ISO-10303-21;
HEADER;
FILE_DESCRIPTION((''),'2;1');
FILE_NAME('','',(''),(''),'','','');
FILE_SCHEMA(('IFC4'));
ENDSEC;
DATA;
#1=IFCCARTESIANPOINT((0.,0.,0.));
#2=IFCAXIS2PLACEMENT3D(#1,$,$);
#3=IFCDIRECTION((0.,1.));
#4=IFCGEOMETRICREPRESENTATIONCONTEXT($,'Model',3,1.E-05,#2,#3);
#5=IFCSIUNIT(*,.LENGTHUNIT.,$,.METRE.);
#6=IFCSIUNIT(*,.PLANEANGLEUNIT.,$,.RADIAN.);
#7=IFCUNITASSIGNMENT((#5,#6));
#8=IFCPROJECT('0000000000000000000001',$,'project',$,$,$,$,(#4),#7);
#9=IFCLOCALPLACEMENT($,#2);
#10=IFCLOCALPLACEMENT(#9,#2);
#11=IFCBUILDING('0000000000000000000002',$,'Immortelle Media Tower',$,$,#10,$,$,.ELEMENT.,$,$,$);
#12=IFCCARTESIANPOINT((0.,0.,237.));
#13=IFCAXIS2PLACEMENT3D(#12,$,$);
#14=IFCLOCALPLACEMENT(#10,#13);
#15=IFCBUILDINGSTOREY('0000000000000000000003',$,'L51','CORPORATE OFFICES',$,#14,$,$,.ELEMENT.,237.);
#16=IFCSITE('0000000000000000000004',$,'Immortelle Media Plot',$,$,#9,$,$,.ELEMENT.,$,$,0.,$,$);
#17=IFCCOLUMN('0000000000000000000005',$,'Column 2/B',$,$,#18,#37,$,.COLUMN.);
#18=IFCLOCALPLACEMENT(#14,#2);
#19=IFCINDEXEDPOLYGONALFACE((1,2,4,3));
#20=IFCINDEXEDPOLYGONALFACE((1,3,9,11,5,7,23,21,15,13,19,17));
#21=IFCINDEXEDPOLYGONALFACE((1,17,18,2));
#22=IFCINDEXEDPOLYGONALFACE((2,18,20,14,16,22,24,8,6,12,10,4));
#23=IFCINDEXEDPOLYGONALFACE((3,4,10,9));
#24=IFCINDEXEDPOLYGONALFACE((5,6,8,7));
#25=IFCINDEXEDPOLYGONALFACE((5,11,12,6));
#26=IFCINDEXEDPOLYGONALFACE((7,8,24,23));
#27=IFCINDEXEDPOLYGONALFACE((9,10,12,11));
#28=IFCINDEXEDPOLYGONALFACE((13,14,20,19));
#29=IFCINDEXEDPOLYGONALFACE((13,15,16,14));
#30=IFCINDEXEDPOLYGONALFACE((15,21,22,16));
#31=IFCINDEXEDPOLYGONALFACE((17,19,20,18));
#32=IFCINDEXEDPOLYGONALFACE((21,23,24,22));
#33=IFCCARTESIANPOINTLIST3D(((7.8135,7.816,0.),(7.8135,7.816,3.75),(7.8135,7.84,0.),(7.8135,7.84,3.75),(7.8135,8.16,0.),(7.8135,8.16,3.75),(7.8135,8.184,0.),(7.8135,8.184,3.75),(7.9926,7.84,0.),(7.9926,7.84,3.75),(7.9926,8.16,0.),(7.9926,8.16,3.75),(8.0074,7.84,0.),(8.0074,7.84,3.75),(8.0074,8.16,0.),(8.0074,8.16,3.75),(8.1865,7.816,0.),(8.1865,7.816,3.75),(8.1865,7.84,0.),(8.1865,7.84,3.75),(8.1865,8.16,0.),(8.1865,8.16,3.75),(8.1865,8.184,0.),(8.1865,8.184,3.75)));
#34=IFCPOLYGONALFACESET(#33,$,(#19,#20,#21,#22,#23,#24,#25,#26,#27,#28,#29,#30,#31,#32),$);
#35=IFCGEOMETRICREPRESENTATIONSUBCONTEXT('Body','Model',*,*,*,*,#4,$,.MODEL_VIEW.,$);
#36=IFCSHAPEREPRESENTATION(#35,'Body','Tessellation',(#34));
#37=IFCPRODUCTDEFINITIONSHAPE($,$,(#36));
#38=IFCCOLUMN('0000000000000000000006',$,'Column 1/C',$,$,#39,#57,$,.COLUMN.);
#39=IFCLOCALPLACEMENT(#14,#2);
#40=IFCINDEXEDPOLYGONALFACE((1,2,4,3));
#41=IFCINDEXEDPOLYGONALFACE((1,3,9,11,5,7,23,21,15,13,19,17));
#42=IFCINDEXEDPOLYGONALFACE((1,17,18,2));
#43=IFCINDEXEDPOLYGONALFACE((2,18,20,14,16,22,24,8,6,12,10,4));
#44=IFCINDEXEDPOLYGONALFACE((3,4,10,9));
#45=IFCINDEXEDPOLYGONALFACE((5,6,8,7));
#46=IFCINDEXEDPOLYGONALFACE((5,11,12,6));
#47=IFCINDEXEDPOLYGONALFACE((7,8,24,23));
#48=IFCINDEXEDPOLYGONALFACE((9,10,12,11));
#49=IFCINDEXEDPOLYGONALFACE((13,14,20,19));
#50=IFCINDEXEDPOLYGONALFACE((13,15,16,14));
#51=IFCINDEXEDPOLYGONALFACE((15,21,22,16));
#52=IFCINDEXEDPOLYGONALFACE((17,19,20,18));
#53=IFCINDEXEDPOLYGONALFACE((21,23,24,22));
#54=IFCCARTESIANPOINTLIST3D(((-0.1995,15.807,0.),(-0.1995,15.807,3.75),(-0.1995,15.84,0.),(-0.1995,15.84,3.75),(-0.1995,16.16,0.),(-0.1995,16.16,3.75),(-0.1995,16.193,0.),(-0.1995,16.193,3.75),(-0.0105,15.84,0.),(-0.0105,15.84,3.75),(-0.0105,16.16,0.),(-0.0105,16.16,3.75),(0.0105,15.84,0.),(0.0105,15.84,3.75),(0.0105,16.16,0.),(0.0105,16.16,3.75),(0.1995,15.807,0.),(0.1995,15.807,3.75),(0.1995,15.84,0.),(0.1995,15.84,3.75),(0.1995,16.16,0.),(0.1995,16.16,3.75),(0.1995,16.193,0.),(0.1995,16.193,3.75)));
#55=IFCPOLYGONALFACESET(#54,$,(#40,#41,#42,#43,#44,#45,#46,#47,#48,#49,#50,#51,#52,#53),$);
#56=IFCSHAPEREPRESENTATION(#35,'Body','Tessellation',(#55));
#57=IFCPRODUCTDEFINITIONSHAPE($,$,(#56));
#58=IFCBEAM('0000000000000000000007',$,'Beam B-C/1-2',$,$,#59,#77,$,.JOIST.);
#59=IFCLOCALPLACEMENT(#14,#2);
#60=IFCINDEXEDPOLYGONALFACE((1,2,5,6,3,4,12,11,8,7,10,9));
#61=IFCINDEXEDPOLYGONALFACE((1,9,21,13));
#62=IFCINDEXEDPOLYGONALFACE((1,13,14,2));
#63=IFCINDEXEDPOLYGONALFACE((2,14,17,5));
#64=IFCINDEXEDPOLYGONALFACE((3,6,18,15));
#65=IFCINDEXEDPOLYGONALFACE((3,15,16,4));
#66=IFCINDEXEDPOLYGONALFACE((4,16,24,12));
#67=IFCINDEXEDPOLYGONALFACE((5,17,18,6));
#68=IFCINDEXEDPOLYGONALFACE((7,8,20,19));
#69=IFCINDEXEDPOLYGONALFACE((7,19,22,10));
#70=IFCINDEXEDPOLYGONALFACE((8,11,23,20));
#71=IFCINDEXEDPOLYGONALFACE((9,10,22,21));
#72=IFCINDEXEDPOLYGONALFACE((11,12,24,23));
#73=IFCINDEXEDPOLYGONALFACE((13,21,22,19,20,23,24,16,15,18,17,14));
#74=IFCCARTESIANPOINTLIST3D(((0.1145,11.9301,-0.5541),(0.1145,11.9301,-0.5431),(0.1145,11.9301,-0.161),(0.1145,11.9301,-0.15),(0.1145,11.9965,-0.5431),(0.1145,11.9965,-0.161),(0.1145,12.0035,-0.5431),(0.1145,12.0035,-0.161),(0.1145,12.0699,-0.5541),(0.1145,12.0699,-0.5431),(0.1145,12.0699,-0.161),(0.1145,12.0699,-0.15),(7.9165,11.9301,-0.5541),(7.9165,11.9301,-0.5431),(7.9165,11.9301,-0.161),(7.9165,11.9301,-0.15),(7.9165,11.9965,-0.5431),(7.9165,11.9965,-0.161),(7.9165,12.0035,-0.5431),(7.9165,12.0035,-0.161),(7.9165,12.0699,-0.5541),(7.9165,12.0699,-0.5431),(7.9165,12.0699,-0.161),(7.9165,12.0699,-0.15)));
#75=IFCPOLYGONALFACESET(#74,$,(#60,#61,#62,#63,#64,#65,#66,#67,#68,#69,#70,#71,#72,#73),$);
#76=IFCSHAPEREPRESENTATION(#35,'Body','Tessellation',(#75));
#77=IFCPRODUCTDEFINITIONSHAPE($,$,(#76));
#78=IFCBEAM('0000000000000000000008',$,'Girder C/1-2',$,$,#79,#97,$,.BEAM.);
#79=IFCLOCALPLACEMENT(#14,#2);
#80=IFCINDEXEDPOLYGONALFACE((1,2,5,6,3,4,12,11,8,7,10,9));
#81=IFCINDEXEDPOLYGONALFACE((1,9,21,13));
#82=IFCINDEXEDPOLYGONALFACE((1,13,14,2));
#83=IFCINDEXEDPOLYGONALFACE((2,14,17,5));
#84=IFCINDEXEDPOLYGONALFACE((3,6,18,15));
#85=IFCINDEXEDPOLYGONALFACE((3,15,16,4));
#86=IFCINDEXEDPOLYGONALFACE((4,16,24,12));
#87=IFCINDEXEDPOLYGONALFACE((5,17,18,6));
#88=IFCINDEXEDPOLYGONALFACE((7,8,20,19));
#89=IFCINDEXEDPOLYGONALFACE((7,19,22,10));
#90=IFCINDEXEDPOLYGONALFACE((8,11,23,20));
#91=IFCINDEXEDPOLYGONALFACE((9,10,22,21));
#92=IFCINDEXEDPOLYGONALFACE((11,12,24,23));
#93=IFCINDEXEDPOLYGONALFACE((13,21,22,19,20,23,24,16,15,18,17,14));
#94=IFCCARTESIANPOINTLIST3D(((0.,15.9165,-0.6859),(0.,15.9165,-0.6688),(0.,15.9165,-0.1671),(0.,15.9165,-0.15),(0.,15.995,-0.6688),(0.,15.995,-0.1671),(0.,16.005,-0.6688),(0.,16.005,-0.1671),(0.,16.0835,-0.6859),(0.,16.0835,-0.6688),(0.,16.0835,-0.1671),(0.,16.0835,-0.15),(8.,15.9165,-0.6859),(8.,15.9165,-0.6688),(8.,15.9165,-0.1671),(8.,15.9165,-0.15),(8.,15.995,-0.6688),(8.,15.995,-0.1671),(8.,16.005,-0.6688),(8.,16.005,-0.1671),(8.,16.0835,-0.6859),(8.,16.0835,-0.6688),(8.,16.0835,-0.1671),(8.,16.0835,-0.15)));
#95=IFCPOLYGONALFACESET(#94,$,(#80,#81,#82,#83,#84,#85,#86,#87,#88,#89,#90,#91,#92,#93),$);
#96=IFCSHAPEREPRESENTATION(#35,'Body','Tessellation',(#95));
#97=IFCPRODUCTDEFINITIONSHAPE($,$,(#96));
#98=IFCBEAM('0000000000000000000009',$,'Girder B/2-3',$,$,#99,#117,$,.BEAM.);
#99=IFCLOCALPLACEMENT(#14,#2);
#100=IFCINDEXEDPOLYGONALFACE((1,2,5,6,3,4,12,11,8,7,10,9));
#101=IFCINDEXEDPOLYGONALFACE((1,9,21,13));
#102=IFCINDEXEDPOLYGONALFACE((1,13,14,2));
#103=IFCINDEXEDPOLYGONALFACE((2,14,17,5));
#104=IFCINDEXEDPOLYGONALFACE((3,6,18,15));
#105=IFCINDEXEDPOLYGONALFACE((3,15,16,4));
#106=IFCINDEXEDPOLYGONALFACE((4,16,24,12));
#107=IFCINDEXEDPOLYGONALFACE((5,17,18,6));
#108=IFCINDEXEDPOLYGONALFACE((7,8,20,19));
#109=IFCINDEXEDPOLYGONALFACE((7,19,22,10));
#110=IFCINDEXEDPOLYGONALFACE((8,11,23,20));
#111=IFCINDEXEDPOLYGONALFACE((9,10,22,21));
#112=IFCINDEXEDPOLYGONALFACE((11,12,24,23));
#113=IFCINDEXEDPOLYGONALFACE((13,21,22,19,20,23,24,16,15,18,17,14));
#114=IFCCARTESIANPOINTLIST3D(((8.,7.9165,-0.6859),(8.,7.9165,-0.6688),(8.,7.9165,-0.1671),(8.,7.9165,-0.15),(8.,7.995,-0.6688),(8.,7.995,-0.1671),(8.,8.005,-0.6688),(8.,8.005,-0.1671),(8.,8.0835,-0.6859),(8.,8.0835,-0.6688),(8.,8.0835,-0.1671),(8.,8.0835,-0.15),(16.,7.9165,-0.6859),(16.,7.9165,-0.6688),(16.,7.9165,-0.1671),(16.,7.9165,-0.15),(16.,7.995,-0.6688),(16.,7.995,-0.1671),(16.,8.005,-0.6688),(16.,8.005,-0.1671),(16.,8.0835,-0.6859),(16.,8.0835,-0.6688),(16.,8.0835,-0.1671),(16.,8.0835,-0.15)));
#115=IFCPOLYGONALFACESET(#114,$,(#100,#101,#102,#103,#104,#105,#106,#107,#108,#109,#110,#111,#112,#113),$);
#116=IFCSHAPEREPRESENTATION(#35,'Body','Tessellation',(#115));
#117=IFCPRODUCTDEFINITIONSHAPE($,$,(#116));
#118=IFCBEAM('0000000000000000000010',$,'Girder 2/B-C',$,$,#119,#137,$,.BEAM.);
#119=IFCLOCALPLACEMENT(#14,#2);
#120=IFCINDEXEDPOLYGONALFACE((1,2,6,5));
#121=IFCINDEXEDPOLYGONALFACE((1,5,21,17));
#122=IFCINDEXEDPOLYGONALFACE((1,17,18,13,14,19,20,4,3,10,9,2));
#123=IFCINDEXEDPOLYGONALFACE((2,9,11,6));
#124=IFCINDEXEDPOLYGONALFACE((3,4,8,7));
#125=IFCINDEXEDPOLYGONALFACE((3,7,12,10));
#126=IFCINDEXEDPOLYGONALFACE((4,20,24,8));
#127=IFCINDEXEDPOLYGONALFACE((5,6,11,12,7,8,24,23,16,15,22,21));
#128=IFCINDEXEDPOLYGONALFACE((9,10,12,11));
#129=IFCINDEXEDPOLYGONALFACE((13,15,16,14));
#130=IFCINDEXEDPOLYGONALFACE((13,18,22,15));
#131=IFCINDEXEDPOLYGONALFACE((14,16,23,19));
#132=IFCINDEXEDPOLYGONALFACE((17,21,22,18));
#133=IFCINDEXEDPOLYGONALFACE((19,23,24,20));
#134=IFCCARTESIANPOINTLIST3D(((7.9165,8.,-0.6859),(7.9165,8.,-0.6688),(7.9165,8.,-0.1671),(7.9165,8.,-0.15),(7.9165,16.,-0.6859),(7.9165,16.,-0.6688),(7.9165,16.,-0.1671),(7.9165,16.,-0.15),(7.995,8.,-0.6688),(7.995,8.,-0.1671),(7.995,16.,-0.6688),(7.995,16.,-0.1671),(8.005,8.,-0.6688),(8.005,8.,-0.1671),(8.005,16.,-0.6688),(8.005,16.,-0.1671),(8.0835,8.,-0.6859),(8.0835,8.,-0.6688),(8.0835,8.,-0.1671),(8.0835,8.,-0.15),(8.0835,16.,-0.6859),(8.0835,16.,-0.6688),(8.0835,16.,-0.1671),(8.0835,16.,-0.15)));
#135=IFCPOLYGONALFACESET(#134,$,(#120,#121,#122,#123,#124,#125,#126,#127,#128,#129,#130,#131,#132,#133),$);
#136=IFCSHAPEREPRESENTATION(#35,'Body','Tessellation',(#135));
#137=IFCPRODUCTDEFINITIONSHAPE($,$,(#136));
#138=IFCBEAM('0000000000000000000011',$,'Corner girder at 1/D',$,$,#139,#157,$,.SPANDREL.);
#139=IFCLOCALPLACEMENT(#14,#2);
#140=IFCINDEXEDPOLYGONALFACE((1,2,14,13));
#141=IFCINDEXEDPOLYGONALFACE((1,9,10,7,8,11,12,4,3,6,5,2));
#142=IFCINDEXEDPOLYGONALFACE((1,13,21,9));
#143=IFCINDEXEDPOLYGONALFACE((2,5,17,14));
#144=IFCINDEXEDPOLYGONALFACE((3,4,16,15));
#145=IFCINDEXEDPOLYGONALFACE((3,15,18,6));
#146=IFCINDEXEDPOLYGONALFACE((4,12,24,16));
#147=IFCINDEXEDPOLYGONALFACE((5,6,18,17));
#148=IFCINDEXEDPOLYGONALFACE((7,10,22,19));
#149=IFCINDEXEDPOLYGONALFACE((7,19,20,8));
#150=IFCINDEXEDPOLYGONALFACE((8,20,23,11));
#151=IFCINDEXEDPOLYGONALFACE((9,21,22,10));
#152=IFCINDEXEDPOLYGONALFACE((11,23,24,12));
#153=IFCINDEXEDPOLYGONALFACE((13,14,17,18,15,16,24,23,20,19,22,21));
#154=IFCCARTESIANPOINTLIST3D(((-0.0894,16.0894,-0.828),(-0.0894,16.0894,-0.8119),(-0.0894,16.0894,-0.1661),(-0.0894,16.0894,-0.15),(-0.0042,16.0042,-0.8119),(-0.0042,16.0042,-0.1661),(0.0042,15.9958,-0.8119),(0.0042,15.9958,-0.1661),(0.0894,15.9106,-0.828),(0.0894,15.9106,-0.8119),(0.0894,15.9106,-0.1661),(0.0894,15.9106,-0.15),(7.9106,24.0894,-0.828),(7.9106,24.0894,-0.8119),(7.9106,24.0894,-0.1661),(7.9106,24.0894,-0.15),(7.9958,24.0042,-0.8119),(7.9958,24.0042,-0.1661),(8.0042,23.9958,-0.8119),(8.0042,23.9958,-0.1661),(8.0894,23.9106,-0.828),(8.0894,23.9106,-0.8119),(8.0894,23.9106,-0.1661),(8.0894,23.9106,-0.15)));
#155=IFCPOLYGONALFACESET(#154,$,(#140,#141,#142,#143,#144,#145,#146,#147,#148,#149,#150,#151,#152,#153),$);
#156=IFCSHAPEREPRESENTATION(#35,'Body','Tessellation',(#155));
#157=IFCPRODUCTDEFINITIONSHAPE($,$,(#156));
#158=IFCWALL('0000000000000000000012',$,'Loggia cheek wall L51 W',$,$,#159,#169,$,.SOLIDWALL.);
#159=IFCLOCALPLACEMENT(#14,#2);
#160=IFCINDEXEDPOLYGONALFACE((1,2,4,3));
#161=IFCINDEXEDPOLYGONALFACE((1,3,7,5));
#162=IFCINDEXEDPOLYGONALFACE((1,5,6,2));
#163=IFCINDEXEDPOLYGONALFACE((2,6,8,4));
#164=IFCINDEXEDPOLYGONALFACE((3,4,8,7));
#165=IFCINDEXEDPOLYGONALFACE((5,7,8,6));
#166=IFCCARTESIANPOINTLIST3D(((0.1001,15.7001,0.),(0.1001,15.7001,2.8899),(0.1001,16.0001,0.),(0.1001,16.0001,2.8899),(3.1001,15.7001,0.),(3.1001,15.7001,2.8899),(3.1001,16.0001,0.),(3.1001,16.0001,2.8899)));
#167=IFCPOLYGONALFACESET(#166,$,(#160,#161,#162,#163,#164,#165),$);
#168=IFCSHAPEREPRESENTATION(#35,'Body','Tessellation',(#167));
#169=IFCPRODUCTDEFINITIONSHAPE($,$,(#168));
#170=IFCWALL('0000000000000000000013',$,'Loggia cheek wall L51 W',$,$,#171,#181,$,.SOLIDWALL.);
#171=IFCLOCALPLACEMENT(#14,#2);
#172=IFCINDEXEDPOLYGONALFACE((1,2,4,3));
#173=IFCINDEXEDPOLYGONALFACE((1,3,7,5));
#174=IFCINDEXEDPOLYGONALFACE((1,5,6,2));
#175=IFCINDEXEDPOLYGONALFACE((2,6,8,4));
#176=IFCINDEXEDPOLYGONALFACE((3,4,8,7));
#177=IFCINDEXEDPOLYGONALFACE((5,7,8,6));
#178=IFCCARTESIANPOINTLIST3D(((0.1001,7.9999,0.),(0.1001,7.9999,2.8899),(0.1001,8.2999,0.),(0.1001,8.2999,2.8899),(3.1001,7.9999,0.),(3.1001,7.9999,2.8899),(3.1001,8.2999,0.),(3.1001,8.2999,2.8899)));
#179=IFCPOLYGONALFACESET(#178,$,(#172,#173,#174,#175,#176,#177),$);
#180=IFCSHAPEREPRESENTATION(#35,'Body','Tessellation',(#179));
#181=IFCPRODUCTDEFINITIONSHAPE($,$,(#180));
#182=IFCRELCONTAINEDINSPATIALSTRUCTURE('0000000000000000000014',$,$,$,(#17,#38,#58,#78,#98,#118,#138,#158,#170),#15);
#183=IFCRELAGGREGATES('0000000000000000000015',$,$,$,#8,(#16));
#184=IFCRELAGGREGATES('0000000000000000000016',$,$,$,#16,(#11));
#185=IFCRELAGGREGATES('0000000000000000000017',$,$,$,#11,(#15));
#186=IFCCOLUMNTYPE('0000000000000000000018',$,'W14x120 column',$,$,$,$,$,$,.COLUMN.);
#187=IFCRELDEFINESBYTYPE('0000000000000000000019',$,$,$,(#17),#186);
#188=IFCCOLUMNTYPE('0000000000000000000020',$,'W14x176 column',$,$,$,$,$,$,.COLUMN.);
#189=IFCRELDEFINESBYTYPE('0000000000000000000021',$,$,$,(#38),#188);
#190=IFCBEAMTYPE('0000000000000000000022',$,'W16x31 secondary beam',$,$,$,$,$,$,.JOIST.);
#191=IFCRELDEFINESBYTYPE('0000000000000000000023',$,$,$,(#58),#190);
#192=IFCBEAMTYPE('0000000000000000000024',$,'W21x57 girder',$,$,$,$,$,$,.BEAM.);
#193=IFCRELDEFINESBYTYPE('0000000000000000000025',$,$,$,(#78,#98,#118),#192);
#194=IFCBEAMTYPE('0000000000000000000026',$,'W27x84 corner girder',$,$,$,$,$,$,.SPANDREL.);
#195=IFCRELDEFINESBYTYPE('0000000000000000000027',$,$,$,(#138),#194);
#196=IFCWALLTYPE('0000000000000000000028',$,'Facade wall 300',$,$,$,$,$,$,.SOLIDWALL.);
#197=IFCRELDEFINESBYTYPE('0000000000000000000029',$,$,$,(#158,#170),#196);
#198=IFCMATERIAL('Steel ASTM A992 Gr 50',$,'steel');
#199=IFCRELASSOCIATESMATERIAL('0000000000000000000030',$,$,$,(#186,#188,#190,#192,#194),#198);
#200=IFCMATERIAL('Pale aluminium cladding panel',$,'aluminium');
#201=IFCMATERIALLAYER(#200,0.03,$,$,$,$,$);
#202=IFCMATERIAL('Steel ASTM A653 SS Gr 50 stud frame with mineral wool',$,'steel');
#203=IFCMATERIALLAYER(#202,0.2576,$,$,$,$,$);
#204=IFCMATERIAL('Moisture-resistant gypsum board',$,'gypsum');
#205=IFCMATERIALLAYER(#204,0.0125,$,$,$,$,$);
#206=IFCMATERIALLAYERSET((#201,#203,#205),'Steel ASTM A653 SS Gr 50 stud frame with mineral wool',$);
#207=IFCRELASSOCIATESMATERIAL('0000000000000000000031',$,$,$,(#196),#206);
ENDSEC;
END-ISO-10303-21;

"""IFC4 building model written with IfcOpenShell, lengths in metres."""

from ifc_helpers import new_model, si_unit, direction, frame, frame_2d, origin, origin_2d, place, context, subcontext, project, spatial, rectangle, i_section, extrude, material, layer, layer_set, material_profile, profile_set, type_object, element, save


model = new_model("IFC4")

# Units and contexts
model_context = context("Model", 3, precision=1e-05, world=origin(), true_north=direction((0.0, 1.0)))
body_context = subcontext(model_context, "Body", "Model", "MODEL_VIEW")
ifc_project = project(units=[si_unit("LENGTHUNIT", "METRE"), si_unit("PLANEANGLEUNIT", "RADIAN")], contexts=[model_context])

# Site, building, storey
site_placement = place(None, origin())
site = spatial("IfcSite", under=ifc_project, at=site_placement, Name="Immortelle Media Plot", CompositionType="ELEMENT", RefElevation=0.0)
building_placement = place(site_placement, origin())
building = spatial("IfcBuilding", under=site, at=building_placement, Name="Immortelle Media Tower", CompositionType="ELEMENT")
storey_placement = place(building_placement, frame((0.0, 0.0, 237.0)))
storey = spatial("IfcBuildingStorey", under=building, at=storey_placement, Name="L51", Description="CORPORATE OFFICES", CompositionType="ELEMENT", Elevation=237.0)

# Columns
ifc_material_1 = material(Name="Steel ASTM A992 Gr 50", Category="steel")
ifc_material_profile_1 = material_profile(ifc_material_1, i_section(OverallWidth=0.373, OverallDepth=0.3679, WebThickness=0.0149, FlangeThickness=0.0239, at=origin_2d()), Name="W14x120")
ifc_profile_set_1 = profile_set([ifc_material_profile_1], Name="Steel ASTM A992 Gr 50")
column_type_1 = type_object("IfcColumnType", Name="W14x120 column", PredefinedType="COLUMN", material=ifc_profile_set_1)
column_1_placement = place(storey_placement, frame((8.0, 8.0, 0.0), z_axis=(0.0, 0.0, 1.0), x_axis=(1.0, 0.0, 0.0)))
element("IfcColumn", 1, at=column_1_placement, inside=storey, type_object=column_type_1, Name="Column 2/B", PredefinedType="COLUMN", context=body_context, shape_type="SweptSolid", body=[
    extrude(i_section(OverallWidth=0.373, OverallDepth=0.3679, WebThickness=0.0149, FlangeThickness=0.0239, at=origin_2d()), origin(), (0.0, 0.0, 1.0), 3.75),
])
ifc_material_profile_2 = material_profile(ifc_material_1, i_section(OverallWidth=0.3989, OverallDepth=0.386, WebThickness=0.021, FlangeThickness=0.033, at=origin_2d()), Name="W14x176")
ifc_profile_set_2 = profile_set([ifc_material_profile_2], Name="Steel ASTM A992 Gr 50")
column_type_2 = type_object("IfcColumnType", Name="W14x176 column", PredefinedType="COLUMN", material=ifc_profile_set_2)
column_2_placement = place(storey_placement, frame((0.0, 16.0, 0.0), z_axis=(0.0, 0.0, 1.0), x_axis=(1.0, 0.0, 0.0)))
element("IfcColumn", 2, at=column_2_placement, inside=storey, type_object=column_type_2, Name="Column 1/C", PredefinedType="COLUMN", context=body_context, shape_type="SweptSolid", body=[
    extrude(i_section(OverallWidth=0.3989, OverallDepth=0.386, WebThickness=0.021, FlangeThickness=0.033, at=origin_2d()), origin(), (0.0, 0.0, 1.0), 3.75),
])

# Beams
ifc_material_profile_3 = material_profile(ifc_material_1, i_section(OverallWidth=0.1399, OverallDepth=0.4041, WebThickness=0.0071, FlangeThickness=0.011, at=origin_2d()), Name="W16x31")
ifc_profile_set_3 = profile_set([ifc_material_profile_3], Name="Steel ASTM A992 Gr 50")
beam_type_1 = type_object("IfcBeamType", Name="W16x31 secondary beam", PredefinedType="JOIST", material=ifc_profile_set_3)
beam_1_placement = place(storey_placement, frame((0.1145, 12.0, -0.3521), z_axis=(1.0, 0.0, 0.0), x_axis=(0.0, 1.0, 0.0)))
element("IfcBeam", 3, at=beam_1_placement, inside=storey, type_object=beam_type_1, Name="Beam B-C/1-2", PredefinedType="JOIST", context=body_context, shape_type="SweptSolid", body=[
    extrude(i_section(OverallWidth=0.1399, OverallDepth=0.4041, WebThickness=0.0071, FlangeThickness=0.011, at=origin_2d()), origin(), (0.0, 0.0, 1.0), 7.802),
])
ifc_material_profile_4 = material_profile(ifc_material_1, i_section(OverallWidth=0.167, OverallDepth=0.5359, WebThickness=0.01, FlangeThickness=0.0171, at=origin_2d()), Name="W21x57")
ifc_profile_set_4 = profile_set([ifc_material_profile_4], Name="Steel ASTM A992 Gr 50")
beam_type_2 = type_object("IfcBeamType", Name="W21x57 girder", PredefinedType="BEAM", material=ifc_profile_set_4)
for number, where, z_axis, x_axis, name in (
    (4, (0.0, 16.0, -0.418), (1.0, 0.0, 0.0), (0.0, 1.0, 0.0), "Girder C/1-2"),
    (5, (8.0, 8.0, -0.418), (1.0, 0.0, 0.0), (0.0, 1.0, 0.0), "Girder B/2-3"),
    (6, (8.0, 8.0, -0.418), (0.0, 1.0, 0.0), (-1.0, 0.0, 0.0), "Girder 2/B-C"),
):
    element("IfcBeam", number, at=place(storey_placement, frame(where, z_axis=z_axis, x_axis=x_axis)), inside=storey, type_object=beam_type_2, Name=name, PredefinedType="BEAM", context=body_context, shape_type="SweptSolid", body=[
        extrude(i_section(OverallWidth=0.167, OverallDepth=0.5359, WebThickness=0.01, FlangeThickness=0.0171, at=origin_2d()), origin(), (0.0, 0.0, 1.0), 8.0),
    ])
ifc_material_profile_5 = material_profile(ifc_material_1, i_section(OverallWidth=0.2529, OverallDepth=0.678, WebThickness=0.012, FlangeThickness=0.0161, at=origin_2d()), Name="W27x84")
ifc_profile_set_5 = profile_set([ifc_material_profile_5], Name="Steel ASTM A992 Gr 50")
beam_type_3 = type_object("IfcBeamType", Name="W27x84 corner girder", PredefinedType="SPANDREL", material=ifc_profile_set_5)
beam_2_placement = place(storey_placement, frame((0.0, 16.0, -0.489), z_axis=(0.707107, 0.707107, 0.0), x_axis=(-0.707107, 0.707107, 0.0)))
element("IfcBeam", 7, at=beam_2_placement, inside=storey, type_object=beam_type_3, Name="Corner girder at 1/D", PredefinedType="SPANDREL", context=body_context, shape_type="SweptSolid", body=[
    extrude(i_section(OverallWidth=0.2529, OverallDepth=0.678, WebThickness=0.012, FlangeThickness=0.0161, at=origin_2d()), origin(), (0.0, 0.0, 1.0), 11.3137),
])

# Shared definitions
ifc_material_2 = material(Name="Pale aluminium cladding panel", Category="aluminium")
ifc_layer_1 = layer(ifc_material_2, 0.03)
ifc_material_3 = material(Name="Steel ASTM A653 SS Gr 50 stud frame with mineral wool", Category="steel")
ifc_layer_2 = layer(ifc_material_3, 0.2576)
ifc_material_4 = material(Name="Moisture-resistant gypsum board", Category="gypsum")
ifc_layer_3 = layer(ifc_material_4, 0.0125)
ifc_layer_set_1 = layer_set([ifc_layer_1, ifc_layer_2, ifc_layer_3], Name="Steel ASTM A653 SS Gr 50 stud frame with mineral wool")
wall_type_1 = type_object("IfcWallType", Name="Facade wall 300", PredefinedType="SOLIDWALL", material=ifc_layer_set_1)

# Walls
for number, where, z_axis, x_axis, name in (
    (8, (0.1001, 15.8501, 0.0), (0.0, 0.0, 1.0), (1.0, 0.0, 0.0), "Loggia cheek wall L51 W"),
    (9, (0.1001, 8.1499, 0.0), (0.0, 0.0, 1.0), (1.0, 0.0, 0.0), "Loggia cheek wall L51 W"),
):
    element("IfcWall", number, at=place(storey_placement, frame(where, z_axis=z_axis, x_axis=x_axis)), inside=storey, type_object=wall_type_1, Name=name, PredefinedType="SOLIDWALL", context=body_context, shape_type="SweptSolid", body=[
        extrude(rectangle(XDim=3.0, YDim=0.3, at=frame_2d((1.5, 0.0))), origin(), (0.0, 0.0, 1.0), 2.8899),
    ])

save(model, "model.ifc")
